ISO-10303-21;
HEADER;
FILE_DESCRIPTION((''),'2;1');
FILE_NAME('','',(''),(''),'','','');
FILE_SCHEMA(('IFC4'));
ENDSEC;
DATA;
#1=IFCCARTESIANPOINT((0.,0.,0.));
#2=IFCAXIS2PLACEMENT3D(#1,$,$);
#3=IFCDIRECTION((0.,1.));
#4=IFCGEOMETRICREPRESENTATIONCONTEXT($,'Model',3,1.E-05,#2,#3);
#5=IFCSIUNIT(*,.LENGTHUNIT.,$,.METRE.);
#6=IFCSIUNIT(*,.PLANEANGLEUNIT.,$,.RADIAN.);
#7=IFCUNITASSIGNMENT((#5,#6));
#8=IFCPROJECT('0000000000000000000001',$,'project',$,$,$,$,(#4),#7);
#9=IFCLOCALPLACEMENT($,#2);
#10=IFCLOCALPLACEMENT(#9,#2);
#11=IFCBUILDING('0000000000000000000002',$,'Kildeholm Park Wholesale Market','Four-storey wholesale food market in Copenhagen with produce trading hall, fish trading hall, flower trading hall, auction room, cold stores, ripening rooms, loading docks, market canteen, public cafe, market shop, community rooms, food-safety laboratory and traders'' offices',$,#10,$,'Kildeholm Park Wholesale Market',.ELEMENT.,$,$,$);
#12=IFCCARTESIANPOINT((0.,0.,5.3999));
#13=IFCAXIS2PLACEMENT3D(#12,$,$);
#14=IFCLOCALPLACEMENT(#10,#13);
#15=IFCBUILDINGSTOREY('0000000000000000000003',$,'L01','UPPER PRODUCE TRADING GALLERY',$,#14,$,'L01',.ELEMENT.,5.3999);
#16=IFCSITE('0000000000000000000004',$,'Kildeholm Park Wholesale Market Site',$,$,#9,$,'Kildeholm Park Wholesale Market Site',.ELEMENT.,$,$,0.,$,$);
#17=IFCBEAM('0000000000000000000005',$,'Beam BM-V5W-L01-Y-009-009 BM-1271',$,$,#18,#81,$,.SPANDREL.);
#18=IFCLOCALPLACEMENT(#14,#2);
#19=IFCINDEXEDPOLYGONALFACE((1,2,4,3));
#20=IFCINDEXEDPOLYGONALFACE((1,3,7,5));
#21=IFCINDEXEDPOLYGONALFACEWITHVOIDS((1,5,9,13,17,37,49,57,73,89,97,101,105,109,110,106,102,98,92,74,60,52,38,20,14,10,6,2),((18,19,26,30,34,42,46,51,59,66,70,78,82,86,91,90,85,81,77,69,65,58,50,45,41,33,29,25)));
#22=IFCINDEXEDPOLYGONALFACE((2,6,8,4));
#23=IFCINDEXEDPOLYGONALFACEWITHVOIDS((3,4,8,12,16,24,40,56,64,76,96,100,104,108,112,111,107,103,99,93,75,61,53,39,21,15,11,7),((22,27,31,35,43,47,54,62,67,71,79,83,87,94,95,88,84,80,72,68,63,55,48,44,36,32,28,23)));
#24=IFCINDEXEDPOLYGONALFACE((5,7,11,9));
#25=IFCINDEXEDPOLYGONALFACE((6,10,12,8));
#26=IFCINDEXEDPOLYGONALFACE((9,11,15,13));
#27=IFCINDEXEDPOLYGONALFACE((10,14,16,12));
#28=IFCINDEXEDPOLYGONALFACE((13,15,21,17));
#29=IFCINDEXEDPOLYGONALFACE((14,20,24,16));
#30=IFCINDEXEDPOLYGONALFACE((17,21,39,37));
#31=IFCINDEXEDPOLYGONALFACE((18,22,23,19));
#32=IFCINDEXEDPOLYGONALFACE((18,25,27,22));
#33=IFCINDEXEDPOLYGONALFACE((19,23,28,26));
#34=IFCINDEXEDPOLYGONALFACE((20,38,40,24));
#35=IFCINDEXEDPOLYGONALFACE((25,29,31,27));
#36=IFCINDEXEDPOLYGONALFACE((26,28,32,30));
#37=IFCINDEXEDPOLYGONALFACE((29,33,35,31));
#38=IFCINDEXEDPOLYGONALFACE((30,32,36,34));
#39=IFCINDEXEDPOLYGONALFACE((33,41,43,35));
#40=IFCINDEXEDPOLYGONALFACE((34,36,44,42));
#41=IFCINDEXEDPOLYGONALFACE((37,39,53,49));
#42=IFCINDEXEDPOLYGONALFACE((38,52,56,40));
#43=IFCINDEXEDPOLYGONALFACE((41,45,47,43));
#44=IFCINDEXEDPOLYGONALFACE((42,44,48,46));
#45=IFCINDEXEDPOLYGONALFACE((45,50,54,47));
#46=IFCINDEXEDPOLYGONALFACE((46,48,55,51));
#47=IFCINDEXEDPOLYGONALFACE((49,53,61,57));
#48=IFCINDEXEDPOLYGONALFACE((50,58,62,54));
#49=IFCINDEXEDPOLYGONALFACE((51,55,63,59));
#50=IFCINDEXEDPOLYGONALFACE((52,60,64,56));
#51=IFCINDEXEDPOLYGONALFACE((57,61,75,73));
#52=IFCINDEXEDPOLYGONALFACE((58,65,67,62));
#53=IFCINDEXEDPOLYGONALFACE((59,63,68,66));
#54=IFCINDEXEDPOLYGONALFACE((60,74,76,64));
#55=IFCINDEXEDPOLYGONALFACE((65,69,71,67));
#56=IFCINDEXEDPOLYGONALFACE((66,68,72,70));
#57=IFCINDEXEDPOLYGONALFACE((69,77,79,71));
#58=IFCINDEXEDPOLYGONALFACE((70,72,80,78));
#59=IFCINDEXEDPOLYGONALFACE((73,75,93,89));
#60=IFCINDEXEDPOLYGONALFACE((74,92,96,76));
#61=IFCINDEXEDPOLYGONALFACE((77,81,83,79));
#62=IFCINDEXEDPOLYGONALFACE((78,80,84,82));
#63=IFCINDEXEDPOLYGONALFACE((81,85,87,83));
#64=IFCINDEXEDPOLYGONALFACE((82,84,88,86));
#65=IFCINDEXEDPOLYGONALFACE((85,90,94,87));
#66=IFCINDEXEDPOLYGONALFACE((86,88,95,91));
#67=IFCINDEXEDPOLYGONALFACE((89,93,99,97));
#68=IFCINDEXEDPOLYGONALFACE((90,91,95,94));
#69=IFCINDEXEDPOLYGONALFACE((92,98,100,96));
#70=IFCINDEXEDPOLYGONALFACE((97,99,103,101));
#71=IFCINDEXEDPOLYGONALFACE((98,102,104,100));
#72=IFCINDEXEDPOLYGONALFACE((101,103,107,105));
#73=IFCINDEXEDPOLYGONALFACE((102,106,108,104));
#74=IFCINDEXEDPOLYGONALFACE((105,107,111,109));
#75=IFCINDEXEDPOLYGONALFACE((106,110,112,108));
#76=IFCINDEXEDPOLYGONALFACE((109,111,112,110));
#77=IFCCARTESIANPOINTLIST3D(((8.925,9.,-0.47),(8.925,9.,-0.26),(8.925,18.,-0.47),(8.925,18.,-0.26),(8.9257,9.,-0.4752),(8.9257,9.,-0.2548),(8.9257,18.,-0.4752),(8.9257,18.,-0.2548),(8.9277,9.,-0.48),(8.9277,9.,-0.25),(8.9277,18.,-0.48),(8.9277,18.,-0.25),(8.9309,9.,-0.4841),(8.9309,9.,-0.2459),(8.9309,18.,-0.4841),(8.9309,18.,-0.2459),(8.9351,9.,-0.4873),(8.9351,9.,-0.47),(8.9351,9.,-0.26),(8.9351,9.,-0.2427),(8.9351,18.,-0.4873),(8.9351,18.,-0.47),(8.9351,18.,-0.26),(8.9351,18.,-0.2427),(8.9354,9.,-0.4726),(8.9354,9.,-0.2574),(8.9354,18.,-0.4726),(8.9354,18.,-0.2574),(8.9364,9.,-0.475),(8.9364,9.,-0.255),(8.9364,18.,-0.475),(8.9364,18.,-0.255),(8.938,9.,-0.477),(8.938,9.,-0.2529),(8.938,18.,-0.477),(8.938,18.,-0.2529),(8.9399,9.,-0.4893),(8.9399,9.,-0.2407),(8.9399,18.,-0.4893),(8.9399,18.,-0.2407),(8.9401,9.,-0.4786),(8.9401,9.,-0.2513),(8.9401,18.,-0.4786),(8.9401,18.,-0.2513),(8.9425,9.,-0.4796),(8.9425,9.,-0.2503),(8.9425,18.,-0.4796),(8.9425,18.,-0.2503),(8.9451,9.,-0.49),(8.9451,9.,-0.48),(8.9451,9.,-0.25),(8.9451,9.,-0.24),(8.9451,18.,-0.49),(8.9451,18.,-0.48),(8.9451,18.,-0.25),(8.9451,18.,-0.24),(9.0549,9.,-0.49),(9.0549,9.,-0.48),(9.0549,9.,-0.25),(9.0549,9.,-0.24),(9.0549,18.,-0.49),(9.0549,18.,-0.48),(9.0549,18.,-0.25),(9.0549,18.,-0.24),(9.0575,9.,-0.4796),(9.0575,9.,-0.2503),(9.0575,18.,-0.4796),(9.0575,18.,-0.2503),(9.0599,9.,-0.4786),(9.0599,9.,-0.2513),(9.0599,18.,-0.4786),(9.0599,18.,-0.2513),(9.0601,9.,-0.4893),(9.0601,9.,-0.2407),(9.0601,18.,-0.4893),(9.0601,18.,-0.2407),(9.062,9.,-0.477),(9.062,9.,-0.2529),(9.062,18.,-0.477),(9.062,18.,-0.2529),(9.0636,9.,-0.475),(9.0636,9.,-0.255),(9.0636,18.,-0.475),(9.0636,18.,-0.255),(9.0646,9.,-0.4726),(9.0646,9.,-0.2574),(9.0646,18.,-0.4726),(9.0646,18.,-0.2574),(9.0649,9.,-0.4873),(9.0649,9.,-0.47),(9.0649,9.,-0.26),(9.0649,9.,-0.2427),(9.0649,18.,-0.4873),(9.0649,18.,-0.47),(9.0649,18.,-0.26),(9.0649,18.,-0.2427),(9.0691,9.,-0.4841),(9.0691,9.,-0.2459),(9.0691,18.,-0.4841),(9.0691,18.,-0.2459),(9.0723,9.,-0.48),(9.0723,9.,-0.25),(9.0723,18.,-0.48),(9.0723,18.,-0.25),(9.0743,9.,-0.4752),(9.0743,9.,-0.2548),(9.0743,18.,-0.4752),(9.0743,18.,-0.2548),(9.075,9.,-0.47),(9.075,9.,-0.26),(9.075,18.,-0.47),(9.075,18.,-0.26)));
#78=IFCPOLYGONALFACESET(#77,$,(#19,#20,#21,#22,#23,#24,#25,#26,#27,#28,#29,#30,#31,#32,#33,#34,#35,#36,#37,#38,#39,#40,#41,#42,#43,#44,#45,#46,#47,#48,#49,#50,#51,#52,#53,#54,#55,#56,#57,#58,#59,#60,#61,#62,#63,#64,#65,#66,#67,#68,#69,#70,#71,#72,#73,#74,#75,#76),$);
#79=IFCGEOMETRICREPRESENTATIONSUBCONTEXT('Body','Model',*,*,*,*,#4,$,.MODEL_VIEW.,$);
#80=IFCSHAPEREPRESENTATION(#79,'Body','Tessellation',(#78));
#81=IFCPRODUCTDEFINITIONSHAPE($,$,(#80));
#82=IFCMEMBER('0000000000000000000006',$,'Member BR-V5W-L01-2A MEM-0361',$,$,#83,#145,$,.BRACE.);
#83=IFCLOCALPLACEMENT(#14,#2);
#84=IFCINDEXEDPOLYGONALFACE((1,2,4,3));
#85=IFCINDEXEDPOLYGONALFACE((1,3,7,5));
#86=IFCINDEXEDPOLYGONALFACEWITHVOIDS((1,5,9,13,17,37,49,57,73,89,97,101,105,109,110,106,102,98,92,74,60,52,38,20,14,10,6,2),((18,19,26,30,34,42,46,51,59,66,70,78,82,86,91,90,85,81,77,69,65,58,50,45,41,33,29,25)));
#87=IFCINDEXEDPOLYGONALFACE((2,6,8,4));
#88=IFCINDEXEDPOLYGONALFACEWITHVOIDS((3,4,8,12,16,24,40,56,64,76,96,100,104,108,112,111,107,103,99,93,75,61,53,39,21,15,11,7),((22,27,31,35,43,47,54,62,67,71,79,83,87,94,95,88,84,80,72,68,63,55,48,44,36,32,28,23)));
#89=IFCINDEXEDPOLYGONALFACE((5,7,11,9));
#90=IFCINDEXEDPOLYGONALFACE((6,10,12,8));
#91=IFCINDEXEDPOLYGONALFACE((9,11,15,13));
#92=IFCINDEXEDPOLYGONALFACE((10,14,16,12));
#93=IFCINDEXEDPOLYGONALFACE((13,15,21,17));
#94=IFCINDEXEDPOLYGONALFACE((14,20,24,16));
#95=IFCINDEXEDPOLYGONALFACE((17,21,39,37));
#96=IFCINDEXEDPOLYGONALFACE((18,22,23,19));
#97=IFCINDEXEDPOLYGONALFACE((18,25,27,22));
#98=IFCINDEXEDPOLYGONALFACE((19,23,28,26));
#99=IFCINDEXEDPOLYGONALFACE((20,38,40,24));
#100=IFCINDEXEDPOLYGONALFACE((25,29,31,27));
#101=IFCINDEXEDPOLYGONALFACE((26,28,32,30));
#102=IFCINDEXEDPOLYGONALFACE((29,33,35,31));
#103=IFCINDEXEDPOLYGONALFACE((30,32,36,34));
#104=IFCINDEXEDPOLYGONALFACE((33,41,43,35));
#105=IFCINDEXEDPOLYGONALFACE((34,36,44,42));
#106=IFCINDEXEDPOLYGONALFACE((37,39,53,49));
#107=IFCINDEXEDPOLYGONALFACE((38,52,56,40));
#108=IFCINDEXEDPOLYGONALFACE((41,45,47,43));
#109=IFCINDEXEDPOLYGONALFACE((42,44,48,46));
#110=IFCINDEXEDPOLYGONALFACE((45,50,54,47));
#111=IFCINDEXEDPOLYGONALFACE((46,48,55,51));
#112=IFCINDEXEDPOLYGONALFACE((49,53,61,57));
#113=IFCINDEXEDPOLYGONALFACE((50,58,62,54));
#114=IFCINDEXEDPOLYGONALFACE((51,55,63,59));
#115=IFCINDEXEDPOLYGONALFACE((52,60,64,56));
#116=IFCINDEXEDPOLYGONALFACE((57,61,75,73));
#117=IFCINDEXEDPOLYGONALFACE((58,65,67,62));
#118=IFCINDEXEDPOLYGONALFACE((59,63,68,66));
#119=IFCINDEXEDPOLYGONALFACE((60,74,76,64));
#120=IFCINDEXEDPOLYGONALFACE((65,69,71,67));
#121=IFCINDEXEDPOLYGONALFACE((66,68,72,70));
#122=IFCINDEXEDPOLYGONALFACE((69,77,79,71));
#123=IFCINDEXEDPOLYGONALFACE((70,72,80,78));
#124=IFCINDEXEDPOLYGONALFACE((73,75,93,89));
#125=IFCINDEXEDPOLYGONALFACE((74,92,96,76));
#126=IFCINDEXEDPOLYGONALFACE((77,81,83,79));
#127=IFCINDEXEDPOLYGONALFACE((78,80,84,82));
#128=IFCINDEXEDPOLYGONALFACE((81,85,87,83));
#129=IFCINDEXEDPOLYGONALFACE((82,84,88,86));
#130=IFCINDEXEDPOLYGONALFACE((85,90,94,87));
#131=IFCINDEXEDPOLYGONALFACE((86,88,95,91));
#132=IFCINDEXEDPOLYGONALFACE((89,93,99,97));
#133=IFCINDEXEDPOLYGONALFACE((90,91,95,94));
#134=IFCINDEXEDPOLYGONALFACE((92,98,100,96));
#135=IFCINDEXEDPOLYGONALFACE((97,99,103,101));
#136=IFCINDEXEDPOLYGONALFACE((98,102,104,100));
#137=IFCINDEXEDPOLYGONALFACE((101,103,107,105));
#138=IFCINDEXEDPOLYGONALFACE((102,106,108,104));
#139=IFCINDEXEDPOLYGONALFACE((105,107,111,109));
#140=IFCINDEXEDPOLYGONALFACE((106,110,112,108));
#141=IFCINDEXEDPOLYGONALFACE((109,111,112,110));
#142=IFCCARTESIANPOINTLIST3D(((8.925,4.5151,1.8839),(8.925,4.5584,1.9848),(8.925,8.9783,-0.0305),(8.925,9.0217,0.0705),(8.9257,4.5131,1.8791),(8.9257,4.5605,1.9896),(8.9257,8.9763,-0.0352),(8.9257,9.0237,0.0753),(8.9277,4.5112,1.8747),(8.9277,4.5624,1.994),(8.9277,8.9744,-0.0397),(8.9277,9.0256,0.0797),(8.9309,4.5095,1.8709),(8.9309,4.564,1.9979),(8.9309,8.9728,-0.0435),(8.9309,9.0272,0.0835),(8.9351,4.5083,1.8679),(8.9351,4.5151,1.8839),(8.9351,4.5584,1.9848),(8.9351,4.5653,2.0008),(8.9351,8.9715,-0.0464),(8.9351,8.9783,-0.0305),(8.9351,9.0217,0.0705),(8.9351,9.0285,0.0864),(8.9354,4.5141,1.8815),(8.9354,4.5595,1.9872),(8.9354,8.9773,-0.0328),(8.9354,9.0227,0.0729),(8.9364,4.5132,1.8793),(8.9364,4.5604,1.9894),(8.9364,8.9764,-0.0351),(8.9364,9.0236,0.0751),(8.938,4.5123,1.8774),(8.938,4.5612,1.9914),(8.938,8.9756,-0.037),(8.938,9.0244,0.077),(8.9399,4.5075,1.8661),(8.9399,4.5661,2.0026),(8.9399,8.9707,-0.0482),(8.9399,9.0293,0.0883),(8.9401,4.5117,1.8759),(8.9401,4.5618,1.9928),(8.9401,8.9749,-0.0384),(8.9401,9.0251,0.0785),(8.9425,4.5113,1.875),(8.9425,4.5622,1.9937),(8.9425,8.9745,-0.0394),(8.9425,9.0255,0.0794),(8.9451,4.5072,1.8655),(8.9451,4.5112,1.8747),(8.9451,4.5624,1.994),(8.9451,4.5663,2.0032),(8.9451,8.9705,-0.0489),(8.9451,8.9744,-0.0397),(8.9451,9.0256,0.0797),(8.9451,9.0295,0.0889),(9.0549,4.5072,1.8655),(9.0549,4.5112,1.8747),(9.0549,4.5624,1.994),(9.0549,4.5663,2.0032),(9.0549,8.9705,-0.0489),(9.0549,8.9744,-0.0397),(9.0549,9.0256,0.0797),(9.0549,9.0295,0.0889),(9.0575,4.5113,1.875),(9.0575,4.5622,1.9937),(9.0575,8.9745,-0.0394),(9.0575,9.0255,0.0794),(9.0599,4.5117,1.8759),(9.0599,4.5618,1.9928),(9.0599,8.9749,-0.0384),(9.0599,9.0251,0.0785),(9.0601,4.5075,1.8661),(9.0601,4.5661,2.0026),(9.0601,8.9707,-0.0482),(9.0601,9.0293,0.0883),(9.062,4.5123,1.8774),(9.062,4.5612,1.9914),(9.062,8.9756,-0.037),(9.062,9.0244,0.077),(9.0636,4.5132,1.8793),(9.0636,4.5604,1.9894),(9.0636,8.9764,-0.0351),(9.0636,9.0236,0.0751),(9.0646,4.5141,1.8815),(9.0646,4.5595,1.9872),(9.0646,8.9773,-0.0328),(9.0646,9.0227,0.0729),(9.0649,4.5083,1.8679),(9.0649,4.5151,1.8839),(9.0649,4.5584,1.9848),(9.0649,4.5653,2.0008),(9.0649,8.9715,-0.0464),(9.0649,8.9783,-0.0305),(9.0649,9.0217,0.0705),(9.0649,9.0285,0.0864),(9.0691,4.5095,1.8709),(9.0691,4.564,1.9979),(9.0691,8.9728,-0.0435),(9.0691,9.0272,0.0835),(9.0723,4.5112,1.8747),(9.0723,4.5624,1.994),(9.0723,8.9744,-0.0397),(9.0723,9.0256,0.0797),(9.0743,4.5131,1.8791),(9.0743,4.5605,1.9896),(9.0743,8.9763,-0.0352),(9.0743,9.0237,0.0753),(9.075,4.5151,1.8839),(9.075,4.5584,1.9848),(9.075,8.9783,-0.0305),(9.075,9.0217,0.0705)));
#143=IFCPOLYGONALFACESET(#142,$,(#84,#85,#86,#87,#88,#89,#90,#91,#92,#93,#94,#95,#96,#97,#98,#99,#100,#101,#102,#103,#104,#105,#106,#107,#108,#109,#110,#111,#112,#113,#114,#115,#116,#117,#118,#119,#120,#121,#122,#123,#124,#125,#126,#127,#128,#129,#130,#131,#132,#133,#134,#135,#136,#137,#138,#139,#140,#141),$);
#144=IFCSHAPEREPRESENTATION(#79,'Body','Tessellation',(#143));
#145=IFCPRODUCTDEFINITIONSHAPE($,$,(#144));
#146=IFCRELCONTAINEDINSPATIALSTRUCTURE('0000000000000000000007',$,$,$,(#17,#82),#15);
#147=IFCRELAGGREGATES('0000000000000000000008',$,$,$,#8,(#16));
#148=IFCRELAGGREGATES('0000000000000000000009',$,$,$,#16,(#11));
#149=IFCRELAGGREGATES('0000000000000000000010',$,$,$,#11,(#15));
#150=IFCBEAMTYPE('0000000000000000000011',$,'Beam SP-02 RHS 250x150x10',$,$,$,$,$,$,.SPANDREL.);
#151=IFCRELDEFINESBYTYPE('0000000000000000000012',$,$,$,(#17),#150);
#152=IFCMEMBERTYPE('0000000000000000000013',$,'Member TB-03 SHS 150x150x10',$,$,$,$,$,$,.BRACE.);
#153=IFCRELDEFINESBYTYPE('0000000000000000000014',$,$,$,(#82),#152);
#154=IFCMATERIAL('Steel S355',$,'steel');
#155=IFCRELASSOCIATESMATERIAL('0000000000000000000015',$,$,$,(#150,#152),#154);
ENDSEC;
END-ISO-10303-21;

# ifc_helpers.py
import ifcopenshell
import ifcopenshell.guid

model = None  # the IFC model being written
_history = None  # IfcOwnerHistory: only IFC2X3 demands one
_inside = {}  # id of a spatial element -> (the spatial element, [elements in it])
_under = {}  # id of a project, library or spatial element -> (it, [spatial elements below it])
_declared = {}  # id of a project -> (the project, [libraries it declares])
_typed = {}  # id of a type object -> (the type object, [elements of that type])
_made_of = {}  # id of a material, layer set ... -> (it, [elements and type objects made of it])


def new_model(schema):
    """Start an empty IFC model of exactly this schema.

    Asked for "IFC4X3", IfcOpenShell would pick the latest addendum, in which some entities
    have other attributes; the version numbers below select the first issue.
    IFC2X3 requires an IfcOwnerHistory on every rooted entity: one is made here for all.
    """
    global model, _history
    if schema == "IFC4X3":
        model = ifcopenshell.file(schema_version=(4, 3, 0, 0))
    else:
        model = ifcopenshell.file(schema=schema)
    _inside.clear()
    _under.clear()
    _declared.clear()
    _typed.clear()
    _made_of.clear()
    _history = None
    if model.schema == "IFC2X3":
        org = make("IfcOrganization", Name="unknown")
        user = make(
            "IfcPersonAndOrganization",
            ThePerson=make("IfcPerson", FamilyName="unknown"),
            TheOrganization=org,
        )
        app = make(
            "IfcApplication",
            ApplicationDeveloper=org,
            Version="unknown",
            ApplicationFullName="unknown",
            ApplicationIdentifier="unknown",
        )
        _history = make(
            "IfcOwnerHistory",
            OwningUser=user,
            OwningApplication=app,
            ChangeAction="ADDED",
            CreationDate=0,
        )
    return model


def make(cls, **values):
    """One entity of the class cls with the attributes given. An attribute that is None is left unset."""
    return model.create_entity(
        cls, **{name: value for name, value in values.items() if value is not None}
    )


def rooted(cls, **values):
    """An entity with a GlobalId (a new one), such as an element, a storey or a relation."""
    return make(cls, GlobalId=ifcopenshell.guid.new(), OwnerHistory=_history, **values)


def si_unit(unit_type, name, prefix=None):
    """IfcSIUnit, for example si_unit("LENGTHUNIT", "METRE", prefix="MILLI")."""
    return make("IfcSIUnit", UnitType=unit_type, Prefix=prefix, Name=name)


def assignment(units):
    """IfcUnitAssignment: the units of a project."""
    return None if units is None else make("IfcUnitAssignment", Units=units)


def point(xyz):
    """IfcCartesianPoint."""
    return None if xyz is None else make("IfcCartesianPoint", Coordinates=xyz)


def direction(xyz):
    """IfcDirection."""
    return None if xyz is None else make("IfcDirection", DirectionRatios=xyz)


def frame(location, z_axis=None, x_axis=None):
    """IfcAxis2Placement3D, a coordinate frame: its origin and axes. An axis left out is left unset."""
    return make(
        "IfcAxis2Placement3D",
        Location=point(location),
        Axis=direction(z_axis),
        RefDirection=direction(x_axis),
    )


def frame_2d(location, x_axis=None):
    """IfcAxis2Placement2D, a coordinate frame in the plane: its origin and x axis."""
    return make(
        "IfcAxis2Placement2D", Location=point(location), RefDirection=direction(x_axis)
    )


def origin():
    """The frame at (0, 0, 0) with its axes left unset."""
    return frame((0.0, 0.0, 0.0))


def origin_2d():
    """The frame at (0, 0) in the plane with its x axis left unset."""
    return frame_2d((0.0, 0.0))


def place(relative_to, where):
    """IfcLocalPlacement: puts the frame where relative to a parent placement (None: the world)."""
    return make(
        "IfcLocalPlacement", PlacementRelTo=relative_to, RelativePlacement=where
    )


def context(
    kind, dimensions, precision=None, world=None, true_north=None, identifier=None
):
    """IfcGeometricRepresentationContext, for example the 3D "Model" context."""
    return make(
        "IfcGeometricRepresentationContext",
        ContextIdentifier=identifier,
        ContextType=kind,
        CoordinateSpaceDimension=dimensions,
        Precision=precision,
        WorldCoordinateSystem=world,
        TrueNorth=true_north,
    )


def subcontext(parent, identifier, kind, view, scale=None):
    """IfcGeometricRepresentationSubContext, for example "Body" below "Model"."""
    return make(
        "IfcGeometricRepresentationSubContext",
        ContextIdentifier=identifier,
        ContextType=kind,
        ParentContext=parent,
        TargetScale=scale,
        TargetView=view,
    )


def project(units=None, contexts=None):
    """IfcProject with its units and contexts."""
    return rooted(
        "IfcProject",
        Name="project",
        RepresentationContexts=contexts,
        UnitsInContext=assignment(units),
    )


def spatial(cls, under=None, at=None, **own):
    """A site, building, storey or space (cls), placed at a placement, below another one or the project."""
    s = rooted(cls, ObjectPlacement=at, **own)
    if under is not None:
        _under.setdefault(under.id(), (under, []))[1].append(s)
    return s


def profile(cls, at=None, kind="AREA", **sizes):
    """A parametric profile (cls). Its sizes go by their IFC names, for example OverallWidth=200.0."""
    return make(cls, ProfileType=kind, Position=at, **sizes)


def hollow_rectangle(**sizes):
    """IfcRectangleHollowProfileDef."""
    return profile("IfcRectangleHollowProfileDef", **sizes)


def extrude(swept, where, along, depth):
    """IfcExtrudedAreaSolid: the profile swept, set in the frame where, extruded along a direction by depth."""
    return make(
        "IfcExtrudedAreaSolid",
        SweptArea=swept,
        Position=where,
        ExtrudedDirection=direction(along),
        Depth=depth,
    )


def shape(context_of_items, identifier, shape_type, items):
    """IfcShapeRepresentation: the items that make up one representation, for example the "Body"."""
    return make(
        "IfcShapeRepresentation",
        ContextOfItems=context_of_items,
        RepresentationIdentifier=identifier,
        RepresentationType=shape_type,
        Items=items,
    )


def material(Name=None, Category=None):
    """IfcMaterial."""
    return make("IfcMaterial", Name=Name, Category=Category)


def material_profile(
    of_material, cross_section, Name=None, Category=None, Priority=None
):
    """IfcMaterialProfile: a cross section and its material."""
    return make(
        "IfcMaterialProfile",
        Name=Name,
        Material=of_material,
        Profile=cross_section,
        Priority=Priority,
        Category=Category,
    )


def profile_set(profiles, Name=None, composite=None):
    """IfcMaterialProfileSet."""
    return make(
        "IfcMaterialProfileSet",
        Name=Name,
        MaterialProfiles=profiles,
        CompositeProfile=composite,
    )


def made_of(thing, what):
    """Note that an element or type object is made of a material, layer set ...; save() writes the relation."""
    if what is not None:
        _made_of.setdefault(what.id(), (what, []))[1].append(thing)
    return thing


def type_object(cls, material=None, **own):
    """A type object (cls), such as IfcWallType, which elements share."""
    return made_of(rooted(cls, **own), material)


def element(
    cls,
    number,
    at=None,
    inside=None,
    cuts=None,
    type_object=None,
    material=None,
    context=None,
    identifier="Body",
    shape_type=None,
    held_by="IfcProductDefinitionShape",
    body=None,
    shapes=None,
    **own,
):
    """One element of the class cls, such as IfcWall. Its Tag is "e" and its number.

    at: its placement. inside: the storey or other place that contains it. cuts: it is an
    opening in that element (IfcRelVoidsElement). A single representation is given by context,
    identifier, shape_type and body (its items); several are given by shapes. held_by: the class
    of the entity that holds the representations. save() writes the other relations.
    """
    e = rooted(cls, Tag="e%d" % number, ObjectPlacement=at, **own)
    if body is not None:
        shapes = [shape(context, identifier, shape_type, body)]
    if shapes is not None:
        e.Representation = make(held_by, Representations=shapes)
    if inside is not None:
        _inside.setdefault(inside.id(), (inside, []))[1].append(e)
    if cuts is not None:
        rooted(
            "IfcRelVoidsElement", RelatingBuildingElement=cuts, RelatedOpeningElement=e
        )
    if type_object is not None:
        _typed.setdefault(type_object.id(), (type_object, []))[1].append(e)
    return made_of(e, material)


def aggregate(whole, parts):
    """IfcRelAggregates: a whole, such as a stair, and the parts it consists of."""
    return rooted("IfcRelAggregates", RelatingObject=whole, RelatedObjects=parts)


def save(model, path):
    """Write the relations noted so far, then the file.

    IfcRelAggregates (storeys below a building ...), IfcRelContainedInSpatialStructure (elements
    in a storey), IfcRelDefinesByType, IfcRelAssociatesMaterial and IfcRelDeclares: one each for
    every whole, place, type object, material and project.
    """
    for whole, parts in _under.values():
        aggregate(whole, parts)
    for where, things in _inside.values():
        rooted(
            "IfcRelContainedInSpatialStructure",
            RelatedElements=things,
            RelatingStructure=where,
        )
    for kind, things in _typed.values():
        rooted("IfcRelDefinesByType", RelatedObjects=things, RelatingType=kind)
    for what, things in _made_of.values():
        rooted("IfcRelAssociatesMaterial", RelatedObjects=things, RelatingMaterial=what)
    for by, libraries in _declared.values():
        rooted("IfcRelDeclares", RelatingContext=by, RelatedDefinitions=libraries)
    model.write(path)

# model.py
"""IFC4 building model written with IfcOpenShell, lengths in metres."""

from ifc_helpers import new_model, si_unit, direction, frame, origin, origin_2d, place, context, subcontext, project, spatial, hollow_rectangle, extrude, material, material_profile, profile_set, type_object, element, save


model = new_model("IFC4")

# Units and contexts
model_context = context("Model", 3, precision=1e-05, world=origin(), true_north=direction((0.0, 1.0)))
body_context = subcontext(model_context, "Body", "Model", "MODEL_VIEW")
ifc_project = project(units=[si_unit("LENGTHUNIT", "METRE"), si_unit("PLANEANGLEUNIT", "RADIAN")], contexts=[model_context])

# Site, building, storey
site_placement = place(None, origin())
site = spatial("IfcSite", under=ifc_project, at=site_placement, Name="Kildeholm Park Wholesale Market Site", LongName="Kildeholm Park Wholesale Market Site", CompositionType="ELEMENT", RefElevation=0.0)
building_placement = place(site_placement, origin())
building = spatial("IfcBuilding", under=site, at=building_placement, Name="Kildeholm Park Wholesale Market", Description="Four-storey wholesale food market in Copenhagen with produce trading hall, fish trading hall, flower trading hall, auction room, cold stores, ripening rooms, loading docks, market canteen, public cafe, market shop, community rooms, food-safety laboratory and traders' offices", LongName="Kildeholm Park Wholesale Market", CompositionType="ELEMENT")
storey_placement = place(building_placement, frame((0.0, 0.0, 5.3999)))
storey = spatial("IfcBuildingStorey", under=building, at=storey_placement, Name="L01", Description="UPPER PRODUCE TRADING GALLERY", LongName="L01", CompositionType="ELEMENT", Elevation=5.3999)

# Shared definitions
ifc_material_1 = material(Name="Steel S355", Category="steel")

# Beam
ifc_material_profile_1 = material_profile(ifc_material_1, hollow_rectangle(XDim=0.1499, YDim=0.25, WallThickness=0.01, InnerFilletRadius=0.01, OuterFilletRadius=0.02, at=origin_2d()), Name="RHS 250x150x10")
ifc_profile_set_1 = profile_set([ifc_material_profile_1], Name="Steel S355")
beam_type_1 = type_object("IfcBeamType", Name="Beam SP-02 RHS 250x150x10", PredefinedType="SPANDREL", material=ifc_profile_set_1)
beam_1_placement = place(storey_placement, frame((9.0, 9.0, -0.365), z_axis=(0.0, 1.0, 0.0), x_axis=(-1.0, 0.0, 0.0)))
element("IfcBeam", 1, at=beam_1_placement, inside=storey, type_object=beam_type_1, Name="Beam BM-V5W-L01-Y-009-009 BM-1271", PredefinedType="SPANDREL", context=body_context, shape_type="SweptSolid", body=[
    extrude(hollow_rectangle(XDim=0.1499, YDim=0.25, WallThickness=0.01, InnerFilletRadius=0.01, OuterFilletRadius=0.02, at=origin_2d()), origin(), (0.0, 0.0, 1.0), 9.0),
])

# Member
ifc_material_profile_2 = material_profile(ifc_material_1, hollow_rectangle(XDim=0.1499, YDim=0.1499, WallThickness=0.01, InnerFilletRadius=0.01, OuterFilletRadius=0.02, at=origin_2d()), Name="SHS 150x150x10")
ifc_profile_set_2 = profile_set([ifc_material_profile_2], Name="Steel S355")
member_type = type_object("IfcMemberType", Name="Member TB-03 SHS 150x150x10", PredefinedType="BRACE", material=ifc_profile_set_2)
for number, where, z_axis, x_axis, name in (
    (2, (9.0, 9.0, 0.02), (0.0, -0.919031, 0.394186), (1.0, 0.0, 0.0), "Member BR-V5W-L01-2A MEM-0361"),
):
    element("IfcMember", number, at=place(storey_placement, frame(where, z_axis=z_axis, x_axis=x_axis)), inside=storey, type_object=member_type, Name=name, PredefinedType="BRACE", context=body_context, shape_type="SweptSolid", body=[
        extrude(hollow_rectangle(XDim=0.1499, YDim=0.1499, WallThickness=0.01, InnerFilletRadius=0.01, OuterFilletRadius=0.02, at=origin_2d()), origin(), (0.0, 0.0, 1.0), 4.8564),
    ])

save(model, "model.ifc")
